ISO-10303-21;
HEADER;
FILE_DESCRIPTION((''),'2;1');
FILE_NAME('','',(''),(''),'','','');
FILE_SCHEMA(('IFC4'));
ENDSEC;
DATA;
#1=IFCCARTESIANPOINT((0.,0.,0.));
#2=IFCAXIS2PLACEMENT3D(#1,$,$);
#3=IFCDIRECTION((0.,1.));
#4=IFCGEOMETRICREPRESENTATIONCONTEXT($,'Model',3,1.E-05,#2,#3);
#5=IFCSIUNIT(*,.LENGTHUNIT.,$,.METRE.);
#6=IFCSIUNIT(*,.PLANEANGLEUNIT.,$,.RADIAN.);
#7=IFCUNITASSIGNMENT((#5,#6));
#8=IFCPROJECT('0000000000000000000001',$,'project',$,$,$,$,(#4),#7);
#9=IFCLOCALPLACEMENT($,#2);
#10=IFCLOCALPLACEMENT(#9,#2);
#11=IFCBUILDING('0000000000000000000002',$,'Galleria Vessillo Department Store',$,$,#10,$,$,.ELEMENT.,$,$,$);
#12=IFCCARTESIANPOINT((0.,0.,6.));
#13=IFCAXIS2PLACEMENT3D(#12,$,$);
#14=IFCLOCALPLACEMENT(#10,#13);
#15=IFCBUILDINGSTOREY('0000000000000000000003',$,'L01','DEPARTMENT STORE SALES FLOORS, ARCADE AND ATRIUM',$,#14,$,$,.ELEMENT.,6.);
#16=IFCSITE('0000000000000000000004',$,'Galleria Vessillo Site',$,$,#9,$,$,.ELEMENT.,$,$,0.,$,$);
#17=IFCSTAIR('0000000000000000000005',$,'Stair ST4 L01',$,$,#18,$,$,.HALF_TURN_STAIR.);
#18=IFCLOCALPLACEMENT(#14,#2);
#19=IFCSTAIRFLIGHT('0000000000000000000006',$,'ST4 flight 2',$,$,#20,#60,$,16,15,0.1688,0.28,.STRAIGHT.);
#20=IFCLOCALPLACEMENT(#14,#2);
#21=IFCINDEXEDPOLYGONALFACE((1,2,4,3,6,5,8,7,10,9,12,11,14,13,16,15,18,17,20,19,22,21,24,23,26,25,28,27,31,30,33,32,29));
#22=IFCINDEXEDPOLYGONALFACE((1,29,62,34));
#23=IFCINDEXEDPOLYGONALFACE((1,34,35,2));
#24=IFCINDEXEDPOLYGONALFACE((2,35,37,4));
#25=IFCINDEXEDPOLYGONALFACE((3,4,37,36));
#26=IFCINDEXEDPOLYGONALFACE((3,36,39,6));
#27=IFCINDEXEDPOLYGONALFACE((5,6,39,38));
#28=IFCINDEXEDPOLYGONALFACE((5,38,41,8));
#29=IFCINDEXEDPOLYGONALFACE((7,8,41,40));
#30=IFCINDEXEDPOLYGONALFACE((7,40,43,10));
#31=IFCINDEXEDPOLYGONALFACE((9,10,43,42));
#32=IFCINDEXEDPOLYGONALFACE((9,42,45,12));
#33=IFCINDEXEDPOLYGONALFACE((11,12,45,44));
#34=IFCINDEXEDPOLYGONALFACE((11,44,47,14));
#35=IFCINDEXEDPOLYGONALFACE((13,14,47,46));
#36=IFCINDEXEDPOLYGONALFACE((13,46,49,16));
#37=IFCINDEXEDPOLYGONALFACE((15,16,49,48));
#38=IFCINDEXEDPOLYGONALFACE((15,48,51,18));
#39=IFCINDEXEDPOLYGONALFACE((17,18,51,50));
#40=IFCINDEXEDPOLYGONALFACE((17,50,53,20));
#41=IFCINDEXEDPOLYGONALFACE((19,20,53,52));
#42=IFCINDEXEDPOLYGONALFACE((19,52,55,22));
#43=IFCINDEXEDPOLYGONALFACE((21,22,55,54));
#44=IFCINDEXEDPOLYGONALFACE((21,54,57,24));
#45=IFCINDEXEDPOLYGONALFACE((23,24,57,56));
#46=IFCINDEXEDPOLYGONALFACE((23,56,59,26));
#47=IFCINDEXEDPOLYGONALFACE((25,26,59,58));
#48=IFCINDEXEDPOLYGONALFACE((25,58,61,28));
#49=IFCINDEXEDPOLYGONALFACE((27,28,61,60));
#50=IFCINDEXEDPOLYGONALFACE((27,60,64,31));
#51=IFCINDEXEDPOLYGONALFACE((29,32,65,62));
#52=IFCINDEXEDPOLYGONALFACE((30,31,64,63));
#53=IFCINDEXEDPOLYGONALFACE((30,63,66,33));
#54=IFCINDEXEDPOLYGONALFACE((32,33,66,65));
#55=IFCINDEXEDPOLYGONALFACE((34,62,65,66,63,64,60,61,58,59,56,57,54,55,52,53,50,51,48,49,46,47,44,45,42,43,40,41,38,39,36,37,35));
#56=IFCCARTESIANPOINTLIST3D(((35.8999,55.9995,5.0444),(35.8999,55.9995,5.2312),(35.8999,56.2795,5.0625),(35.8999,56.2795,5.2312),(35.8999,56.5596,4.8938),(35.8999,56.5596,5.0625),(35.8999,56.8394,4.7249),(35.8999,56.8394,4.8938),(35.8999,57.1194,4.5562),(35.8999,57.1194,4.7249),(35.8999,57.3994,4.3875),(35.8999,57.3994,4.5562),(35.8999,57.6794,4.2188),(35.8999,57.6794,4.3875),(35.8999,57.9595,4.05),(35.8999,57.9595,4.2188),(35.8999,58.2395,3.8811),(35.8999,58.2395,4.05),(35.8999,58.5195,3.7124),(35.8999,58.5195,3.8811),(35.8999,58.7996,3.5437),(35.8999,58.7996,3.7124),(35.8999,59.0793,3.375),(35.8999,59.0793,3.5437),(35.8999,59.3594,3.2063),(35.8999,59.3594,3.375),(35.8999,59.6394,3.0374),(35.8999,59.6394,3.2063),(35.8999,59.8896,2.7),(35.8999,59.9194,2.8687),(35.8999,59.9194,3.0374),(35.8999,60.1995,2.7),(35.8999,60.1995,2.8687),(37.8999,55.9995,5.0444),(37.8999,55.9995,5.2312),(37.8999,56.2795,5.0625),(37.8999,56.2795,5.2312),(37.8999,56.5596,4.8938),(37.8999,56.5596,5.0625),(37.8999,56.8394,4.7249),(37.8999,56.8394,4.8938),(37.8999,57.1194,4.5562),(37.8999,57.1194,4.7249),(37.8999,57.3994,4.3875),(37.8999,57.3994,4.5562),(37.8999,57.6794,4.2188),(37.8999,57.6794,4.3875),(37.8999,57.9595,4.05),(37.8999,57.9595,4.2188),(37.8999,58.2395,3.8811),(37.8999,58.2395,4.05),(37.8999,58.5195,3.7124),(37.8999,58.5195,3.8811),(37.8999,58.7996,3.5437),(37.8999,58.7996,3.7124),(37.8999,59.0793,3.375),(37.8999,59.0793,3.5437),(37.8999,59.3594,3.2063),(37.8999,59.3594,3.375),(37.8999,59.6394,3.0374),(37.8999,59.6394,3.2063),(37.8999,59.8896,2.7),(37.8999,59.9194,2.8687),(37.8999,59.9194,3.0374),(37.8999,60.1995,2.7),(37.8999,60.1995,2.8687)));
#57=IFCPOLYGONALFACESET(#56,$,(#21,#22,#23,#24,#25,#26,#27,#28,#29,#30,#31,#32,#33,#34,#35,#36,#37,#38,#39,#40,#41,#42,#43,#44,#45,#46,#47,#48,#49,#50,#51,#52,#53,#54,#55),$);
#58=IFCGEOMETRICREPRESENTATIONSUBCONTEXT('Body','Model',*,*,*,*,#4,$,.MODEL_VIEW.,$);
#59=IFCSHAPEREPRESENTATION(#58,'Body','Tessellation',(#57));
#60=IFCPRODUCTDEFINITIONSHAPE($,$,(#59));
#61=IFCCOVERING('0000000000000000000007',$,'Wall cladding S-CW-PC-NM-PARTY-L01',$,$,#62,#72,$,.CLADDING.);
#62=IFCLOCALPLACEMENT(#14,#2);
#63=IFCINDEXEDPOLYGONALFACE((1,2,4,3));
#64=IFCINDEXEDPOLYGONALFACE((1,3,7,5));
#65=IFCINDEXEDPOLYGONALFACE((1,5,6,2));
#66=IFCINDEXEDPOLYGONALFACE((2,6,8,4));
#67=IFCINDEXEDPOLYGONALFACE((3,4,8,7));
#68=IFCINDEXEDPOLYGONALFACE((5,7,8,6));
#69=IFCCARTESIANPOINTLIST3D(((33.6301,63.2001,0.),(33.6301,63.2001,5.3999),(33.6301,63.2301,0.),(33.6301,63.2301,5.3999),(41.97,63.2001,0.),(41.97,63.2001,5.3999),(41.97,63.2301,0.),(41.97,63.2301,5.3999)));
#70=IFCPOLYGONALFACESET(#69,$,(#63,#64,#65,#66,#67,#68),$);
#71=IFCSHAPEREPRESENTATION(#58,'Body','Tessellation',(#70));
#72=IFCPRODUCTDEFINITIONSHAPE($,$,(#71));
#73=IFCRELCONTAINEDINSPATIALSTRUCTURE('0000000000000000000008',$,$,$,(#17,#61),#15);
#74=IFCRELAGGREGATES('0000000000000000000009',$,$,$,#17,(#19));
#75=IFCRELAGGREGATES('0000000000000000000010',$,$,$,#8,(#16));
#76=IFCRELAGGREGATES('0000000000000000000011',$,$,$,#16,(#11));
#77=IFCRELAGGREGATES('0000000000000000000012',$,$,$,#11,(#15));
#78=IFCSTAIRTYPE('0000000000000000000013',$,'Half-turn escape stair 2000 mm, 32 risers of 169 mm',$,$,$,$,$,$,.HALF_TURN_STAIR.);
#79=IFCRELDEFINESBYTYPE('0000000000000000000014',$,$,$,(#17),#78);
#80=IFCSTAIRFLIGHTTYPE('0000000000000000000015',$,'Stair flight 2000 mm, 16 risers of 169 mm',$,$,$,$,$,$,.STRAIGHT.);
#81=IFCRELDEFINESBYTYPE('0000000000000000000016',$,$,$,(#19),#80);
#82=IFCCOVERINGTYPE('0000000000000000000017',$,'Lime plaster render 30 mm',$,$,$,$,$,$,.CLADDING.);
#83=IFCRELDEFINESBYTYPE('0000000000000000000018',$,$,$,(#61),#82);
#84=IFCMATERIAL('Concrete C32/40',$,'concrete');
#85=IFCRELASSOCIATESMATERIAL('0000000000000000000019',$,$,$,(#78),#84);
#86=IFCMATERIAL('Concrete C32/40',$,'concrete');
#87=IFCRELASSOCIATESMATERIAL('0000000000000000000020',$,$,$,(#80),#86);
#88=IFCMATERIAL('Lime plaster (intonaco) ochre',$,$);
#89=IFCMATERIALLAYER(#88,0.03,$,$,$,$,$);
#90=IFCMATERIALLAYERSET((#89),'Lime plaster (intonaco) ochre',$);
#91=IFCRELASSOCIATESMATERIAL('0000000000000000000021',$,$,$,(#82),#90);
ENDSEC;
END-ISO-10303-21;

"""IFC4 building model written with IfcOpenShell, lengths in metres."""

from ifc_helpers import new_model, si_unit, direction, frame, origin, origin_2d, place, context, subcontext, project, spatial, polyline, rectangle, outline, extrude, material, layer, layer_set, type_object, element, aggregate, save


model = new_model("IFC4")

# Units and contexts
model_context = context("Model", 3, precision=1e-05, world=origin(), true_north=direction((0.0, 1.0)))
body_context = subcontext(model_context, "Body", "Model", "MODEL_VIEW")
ifc_project = project(units=[si_unit("LENGTHUNIT", "METRE"), si_unit("PLANEANGLEUNIT", "RADIAN")], contexts=[model_context])

# Site, building, storey
site_placement = place(None, origin())
site = spatial("IfcSite", under=ifc_project, at=site_placement, Name="Galleria Vessillo Site", CompositionType="ELEMENT", RefElevation=0.0)
building_placement = place(site_placement, origin())
building = spatial("IfcBuilding", under=site, at=building_placement, Name="Galleria Vessillo Department Store", CompositionType="ELEMENT")
storey_placement = place(building_placement, frame((0.0, 0.0, 6.0)))
storey = spatial("IfcBuildingStorey", under=building, at=storey_placement, Name="L01", Description="DEPARTMENT STORE SALES FLOORS, ARCADE AND ATRIUM", CompositionType="ELEMENT", Elevation=6.0)

# Stair, stair flight
ifc_material_1 = material(Name="Concrete C32/40", Category="concrete")
stair_type = type_object("IfcStairType", Name="Half-turn escape stair 2000 mm, 32 risers of 169 mm", PredefinedType="HALF_TURN_STAIR", material=ifc_material_1)
stair_placement = place(storey_placement, origin())
stair = element("IfcStair", 1, at=stair_placement, inside=storey, type_object=stair_type, Name="Stair ST4 L01", PredefinedType="HALF_TURN_STAIR")
ifc_material_2 = material(Name="Concrete C32/40", Category="concrete")
stair_flight_type = type_object("IfcStairFlightType", Name="Stair flight 2000 mm, 16 risers of 169 mm", PredefinedType="STRAIGHT", material=ifc_material_2)
stair_flight_1_placement = place(storey_placement, frame((36.8999, 60.1995, 2.7), z_axis=(0.0, 0.0, 1.0), x_axis=(0.0, -1.0, 0.0)))
stair_flight_1 = element("IfcStairFlight", 2, at=stair_flight_1_placement, type_object=stair_flight_type, Name="ST4 flight 2", NumberOfRisers=16, NumberOfTreads=15, PredefinedType="STRAIGHT", RiserHeight=0.1688, TreadLength=0.28, context=body_context, shape_type="SweptSolid", body=[
    extrude(outline(polyline([(0.0, 0.0), (0.0, 0.1687), (0.28, 0.1687), (0.28, 0.3374), (0.5601, 0.3374), (0.5601, 0.5063), (0.8401, 0.5063), (0.8401, 0.675), (1.1201, 0.675), (1.1201, 0.8438), (1.3999, 0.8438), (1.3999, 1.0125), (1.6799, 1.0125), (1.6799, 1.1812), (1.96, 1.1812), (1.96, 1.3501), (2.24, 1.3501), (2.24, 1.5188), (2.52, 1.5188), (2.52, 1.6875), (2.8, 1.6875), (2.8, 1.8562), (3.0801, 1.8562), (3.0801, 2.0249), (3.3601, 2.0249), (3.3601, 2.1938), (3.6399, 2.1938), (3.6399, 2.3625), (3.9199, 2.3625), (3.9199, 2.5312), (4.2, 2.5312), (4.2, 2.7), (4.2, 2.3445), (0.3098, 0.0), (0.0, 0.0)])), frame((0.0, 1.0, 0.0), z_axis=(0.0, -1.0, 0.0), x_axis=(1.0, 0.0, 0.0)), (0.0, 0.0, 1.0), 2.0),
])
aggregate(stair, [stair_flight_1])

# Covering
ifc_material_3 = material(Name="Lime plaster (intonaco) ochre")
ifc_layer_1 = layer(ifc_material_3, 0.03)
ifc_layer_set_1 = layer_set([ifc_layer_1], Name="Lime plaster (intonaco) ochre")
covering_type = type_object("IfcCoveringType", Name="Lime plaster render 30 mm", PredefinedType="CLADDING", material=ifc_layer_set_1)
covering_placement = place(storey_placement, frame((37.8, 63.2151, 0.0), z_axis=(0.0, 0.0, 1.0), x_axis=(1.0, 0.0, 0.0)))
element("IfcCovering", 3, at=covering_placement, inside=storey, type_object=covering_type, Name="Wall cladding S-CW-PC-NM-PARTY-L01", PredefinedType="CLADDING", context=body_context, shape_type="SweptSolid", body=[
    extrude(rectangle(XDim=8.3398, YDim=0.03, at=origin_2d()), origin(), (0.0, 0.0, 1.0), 5.3999),
])

save(model, "model.ifc")
